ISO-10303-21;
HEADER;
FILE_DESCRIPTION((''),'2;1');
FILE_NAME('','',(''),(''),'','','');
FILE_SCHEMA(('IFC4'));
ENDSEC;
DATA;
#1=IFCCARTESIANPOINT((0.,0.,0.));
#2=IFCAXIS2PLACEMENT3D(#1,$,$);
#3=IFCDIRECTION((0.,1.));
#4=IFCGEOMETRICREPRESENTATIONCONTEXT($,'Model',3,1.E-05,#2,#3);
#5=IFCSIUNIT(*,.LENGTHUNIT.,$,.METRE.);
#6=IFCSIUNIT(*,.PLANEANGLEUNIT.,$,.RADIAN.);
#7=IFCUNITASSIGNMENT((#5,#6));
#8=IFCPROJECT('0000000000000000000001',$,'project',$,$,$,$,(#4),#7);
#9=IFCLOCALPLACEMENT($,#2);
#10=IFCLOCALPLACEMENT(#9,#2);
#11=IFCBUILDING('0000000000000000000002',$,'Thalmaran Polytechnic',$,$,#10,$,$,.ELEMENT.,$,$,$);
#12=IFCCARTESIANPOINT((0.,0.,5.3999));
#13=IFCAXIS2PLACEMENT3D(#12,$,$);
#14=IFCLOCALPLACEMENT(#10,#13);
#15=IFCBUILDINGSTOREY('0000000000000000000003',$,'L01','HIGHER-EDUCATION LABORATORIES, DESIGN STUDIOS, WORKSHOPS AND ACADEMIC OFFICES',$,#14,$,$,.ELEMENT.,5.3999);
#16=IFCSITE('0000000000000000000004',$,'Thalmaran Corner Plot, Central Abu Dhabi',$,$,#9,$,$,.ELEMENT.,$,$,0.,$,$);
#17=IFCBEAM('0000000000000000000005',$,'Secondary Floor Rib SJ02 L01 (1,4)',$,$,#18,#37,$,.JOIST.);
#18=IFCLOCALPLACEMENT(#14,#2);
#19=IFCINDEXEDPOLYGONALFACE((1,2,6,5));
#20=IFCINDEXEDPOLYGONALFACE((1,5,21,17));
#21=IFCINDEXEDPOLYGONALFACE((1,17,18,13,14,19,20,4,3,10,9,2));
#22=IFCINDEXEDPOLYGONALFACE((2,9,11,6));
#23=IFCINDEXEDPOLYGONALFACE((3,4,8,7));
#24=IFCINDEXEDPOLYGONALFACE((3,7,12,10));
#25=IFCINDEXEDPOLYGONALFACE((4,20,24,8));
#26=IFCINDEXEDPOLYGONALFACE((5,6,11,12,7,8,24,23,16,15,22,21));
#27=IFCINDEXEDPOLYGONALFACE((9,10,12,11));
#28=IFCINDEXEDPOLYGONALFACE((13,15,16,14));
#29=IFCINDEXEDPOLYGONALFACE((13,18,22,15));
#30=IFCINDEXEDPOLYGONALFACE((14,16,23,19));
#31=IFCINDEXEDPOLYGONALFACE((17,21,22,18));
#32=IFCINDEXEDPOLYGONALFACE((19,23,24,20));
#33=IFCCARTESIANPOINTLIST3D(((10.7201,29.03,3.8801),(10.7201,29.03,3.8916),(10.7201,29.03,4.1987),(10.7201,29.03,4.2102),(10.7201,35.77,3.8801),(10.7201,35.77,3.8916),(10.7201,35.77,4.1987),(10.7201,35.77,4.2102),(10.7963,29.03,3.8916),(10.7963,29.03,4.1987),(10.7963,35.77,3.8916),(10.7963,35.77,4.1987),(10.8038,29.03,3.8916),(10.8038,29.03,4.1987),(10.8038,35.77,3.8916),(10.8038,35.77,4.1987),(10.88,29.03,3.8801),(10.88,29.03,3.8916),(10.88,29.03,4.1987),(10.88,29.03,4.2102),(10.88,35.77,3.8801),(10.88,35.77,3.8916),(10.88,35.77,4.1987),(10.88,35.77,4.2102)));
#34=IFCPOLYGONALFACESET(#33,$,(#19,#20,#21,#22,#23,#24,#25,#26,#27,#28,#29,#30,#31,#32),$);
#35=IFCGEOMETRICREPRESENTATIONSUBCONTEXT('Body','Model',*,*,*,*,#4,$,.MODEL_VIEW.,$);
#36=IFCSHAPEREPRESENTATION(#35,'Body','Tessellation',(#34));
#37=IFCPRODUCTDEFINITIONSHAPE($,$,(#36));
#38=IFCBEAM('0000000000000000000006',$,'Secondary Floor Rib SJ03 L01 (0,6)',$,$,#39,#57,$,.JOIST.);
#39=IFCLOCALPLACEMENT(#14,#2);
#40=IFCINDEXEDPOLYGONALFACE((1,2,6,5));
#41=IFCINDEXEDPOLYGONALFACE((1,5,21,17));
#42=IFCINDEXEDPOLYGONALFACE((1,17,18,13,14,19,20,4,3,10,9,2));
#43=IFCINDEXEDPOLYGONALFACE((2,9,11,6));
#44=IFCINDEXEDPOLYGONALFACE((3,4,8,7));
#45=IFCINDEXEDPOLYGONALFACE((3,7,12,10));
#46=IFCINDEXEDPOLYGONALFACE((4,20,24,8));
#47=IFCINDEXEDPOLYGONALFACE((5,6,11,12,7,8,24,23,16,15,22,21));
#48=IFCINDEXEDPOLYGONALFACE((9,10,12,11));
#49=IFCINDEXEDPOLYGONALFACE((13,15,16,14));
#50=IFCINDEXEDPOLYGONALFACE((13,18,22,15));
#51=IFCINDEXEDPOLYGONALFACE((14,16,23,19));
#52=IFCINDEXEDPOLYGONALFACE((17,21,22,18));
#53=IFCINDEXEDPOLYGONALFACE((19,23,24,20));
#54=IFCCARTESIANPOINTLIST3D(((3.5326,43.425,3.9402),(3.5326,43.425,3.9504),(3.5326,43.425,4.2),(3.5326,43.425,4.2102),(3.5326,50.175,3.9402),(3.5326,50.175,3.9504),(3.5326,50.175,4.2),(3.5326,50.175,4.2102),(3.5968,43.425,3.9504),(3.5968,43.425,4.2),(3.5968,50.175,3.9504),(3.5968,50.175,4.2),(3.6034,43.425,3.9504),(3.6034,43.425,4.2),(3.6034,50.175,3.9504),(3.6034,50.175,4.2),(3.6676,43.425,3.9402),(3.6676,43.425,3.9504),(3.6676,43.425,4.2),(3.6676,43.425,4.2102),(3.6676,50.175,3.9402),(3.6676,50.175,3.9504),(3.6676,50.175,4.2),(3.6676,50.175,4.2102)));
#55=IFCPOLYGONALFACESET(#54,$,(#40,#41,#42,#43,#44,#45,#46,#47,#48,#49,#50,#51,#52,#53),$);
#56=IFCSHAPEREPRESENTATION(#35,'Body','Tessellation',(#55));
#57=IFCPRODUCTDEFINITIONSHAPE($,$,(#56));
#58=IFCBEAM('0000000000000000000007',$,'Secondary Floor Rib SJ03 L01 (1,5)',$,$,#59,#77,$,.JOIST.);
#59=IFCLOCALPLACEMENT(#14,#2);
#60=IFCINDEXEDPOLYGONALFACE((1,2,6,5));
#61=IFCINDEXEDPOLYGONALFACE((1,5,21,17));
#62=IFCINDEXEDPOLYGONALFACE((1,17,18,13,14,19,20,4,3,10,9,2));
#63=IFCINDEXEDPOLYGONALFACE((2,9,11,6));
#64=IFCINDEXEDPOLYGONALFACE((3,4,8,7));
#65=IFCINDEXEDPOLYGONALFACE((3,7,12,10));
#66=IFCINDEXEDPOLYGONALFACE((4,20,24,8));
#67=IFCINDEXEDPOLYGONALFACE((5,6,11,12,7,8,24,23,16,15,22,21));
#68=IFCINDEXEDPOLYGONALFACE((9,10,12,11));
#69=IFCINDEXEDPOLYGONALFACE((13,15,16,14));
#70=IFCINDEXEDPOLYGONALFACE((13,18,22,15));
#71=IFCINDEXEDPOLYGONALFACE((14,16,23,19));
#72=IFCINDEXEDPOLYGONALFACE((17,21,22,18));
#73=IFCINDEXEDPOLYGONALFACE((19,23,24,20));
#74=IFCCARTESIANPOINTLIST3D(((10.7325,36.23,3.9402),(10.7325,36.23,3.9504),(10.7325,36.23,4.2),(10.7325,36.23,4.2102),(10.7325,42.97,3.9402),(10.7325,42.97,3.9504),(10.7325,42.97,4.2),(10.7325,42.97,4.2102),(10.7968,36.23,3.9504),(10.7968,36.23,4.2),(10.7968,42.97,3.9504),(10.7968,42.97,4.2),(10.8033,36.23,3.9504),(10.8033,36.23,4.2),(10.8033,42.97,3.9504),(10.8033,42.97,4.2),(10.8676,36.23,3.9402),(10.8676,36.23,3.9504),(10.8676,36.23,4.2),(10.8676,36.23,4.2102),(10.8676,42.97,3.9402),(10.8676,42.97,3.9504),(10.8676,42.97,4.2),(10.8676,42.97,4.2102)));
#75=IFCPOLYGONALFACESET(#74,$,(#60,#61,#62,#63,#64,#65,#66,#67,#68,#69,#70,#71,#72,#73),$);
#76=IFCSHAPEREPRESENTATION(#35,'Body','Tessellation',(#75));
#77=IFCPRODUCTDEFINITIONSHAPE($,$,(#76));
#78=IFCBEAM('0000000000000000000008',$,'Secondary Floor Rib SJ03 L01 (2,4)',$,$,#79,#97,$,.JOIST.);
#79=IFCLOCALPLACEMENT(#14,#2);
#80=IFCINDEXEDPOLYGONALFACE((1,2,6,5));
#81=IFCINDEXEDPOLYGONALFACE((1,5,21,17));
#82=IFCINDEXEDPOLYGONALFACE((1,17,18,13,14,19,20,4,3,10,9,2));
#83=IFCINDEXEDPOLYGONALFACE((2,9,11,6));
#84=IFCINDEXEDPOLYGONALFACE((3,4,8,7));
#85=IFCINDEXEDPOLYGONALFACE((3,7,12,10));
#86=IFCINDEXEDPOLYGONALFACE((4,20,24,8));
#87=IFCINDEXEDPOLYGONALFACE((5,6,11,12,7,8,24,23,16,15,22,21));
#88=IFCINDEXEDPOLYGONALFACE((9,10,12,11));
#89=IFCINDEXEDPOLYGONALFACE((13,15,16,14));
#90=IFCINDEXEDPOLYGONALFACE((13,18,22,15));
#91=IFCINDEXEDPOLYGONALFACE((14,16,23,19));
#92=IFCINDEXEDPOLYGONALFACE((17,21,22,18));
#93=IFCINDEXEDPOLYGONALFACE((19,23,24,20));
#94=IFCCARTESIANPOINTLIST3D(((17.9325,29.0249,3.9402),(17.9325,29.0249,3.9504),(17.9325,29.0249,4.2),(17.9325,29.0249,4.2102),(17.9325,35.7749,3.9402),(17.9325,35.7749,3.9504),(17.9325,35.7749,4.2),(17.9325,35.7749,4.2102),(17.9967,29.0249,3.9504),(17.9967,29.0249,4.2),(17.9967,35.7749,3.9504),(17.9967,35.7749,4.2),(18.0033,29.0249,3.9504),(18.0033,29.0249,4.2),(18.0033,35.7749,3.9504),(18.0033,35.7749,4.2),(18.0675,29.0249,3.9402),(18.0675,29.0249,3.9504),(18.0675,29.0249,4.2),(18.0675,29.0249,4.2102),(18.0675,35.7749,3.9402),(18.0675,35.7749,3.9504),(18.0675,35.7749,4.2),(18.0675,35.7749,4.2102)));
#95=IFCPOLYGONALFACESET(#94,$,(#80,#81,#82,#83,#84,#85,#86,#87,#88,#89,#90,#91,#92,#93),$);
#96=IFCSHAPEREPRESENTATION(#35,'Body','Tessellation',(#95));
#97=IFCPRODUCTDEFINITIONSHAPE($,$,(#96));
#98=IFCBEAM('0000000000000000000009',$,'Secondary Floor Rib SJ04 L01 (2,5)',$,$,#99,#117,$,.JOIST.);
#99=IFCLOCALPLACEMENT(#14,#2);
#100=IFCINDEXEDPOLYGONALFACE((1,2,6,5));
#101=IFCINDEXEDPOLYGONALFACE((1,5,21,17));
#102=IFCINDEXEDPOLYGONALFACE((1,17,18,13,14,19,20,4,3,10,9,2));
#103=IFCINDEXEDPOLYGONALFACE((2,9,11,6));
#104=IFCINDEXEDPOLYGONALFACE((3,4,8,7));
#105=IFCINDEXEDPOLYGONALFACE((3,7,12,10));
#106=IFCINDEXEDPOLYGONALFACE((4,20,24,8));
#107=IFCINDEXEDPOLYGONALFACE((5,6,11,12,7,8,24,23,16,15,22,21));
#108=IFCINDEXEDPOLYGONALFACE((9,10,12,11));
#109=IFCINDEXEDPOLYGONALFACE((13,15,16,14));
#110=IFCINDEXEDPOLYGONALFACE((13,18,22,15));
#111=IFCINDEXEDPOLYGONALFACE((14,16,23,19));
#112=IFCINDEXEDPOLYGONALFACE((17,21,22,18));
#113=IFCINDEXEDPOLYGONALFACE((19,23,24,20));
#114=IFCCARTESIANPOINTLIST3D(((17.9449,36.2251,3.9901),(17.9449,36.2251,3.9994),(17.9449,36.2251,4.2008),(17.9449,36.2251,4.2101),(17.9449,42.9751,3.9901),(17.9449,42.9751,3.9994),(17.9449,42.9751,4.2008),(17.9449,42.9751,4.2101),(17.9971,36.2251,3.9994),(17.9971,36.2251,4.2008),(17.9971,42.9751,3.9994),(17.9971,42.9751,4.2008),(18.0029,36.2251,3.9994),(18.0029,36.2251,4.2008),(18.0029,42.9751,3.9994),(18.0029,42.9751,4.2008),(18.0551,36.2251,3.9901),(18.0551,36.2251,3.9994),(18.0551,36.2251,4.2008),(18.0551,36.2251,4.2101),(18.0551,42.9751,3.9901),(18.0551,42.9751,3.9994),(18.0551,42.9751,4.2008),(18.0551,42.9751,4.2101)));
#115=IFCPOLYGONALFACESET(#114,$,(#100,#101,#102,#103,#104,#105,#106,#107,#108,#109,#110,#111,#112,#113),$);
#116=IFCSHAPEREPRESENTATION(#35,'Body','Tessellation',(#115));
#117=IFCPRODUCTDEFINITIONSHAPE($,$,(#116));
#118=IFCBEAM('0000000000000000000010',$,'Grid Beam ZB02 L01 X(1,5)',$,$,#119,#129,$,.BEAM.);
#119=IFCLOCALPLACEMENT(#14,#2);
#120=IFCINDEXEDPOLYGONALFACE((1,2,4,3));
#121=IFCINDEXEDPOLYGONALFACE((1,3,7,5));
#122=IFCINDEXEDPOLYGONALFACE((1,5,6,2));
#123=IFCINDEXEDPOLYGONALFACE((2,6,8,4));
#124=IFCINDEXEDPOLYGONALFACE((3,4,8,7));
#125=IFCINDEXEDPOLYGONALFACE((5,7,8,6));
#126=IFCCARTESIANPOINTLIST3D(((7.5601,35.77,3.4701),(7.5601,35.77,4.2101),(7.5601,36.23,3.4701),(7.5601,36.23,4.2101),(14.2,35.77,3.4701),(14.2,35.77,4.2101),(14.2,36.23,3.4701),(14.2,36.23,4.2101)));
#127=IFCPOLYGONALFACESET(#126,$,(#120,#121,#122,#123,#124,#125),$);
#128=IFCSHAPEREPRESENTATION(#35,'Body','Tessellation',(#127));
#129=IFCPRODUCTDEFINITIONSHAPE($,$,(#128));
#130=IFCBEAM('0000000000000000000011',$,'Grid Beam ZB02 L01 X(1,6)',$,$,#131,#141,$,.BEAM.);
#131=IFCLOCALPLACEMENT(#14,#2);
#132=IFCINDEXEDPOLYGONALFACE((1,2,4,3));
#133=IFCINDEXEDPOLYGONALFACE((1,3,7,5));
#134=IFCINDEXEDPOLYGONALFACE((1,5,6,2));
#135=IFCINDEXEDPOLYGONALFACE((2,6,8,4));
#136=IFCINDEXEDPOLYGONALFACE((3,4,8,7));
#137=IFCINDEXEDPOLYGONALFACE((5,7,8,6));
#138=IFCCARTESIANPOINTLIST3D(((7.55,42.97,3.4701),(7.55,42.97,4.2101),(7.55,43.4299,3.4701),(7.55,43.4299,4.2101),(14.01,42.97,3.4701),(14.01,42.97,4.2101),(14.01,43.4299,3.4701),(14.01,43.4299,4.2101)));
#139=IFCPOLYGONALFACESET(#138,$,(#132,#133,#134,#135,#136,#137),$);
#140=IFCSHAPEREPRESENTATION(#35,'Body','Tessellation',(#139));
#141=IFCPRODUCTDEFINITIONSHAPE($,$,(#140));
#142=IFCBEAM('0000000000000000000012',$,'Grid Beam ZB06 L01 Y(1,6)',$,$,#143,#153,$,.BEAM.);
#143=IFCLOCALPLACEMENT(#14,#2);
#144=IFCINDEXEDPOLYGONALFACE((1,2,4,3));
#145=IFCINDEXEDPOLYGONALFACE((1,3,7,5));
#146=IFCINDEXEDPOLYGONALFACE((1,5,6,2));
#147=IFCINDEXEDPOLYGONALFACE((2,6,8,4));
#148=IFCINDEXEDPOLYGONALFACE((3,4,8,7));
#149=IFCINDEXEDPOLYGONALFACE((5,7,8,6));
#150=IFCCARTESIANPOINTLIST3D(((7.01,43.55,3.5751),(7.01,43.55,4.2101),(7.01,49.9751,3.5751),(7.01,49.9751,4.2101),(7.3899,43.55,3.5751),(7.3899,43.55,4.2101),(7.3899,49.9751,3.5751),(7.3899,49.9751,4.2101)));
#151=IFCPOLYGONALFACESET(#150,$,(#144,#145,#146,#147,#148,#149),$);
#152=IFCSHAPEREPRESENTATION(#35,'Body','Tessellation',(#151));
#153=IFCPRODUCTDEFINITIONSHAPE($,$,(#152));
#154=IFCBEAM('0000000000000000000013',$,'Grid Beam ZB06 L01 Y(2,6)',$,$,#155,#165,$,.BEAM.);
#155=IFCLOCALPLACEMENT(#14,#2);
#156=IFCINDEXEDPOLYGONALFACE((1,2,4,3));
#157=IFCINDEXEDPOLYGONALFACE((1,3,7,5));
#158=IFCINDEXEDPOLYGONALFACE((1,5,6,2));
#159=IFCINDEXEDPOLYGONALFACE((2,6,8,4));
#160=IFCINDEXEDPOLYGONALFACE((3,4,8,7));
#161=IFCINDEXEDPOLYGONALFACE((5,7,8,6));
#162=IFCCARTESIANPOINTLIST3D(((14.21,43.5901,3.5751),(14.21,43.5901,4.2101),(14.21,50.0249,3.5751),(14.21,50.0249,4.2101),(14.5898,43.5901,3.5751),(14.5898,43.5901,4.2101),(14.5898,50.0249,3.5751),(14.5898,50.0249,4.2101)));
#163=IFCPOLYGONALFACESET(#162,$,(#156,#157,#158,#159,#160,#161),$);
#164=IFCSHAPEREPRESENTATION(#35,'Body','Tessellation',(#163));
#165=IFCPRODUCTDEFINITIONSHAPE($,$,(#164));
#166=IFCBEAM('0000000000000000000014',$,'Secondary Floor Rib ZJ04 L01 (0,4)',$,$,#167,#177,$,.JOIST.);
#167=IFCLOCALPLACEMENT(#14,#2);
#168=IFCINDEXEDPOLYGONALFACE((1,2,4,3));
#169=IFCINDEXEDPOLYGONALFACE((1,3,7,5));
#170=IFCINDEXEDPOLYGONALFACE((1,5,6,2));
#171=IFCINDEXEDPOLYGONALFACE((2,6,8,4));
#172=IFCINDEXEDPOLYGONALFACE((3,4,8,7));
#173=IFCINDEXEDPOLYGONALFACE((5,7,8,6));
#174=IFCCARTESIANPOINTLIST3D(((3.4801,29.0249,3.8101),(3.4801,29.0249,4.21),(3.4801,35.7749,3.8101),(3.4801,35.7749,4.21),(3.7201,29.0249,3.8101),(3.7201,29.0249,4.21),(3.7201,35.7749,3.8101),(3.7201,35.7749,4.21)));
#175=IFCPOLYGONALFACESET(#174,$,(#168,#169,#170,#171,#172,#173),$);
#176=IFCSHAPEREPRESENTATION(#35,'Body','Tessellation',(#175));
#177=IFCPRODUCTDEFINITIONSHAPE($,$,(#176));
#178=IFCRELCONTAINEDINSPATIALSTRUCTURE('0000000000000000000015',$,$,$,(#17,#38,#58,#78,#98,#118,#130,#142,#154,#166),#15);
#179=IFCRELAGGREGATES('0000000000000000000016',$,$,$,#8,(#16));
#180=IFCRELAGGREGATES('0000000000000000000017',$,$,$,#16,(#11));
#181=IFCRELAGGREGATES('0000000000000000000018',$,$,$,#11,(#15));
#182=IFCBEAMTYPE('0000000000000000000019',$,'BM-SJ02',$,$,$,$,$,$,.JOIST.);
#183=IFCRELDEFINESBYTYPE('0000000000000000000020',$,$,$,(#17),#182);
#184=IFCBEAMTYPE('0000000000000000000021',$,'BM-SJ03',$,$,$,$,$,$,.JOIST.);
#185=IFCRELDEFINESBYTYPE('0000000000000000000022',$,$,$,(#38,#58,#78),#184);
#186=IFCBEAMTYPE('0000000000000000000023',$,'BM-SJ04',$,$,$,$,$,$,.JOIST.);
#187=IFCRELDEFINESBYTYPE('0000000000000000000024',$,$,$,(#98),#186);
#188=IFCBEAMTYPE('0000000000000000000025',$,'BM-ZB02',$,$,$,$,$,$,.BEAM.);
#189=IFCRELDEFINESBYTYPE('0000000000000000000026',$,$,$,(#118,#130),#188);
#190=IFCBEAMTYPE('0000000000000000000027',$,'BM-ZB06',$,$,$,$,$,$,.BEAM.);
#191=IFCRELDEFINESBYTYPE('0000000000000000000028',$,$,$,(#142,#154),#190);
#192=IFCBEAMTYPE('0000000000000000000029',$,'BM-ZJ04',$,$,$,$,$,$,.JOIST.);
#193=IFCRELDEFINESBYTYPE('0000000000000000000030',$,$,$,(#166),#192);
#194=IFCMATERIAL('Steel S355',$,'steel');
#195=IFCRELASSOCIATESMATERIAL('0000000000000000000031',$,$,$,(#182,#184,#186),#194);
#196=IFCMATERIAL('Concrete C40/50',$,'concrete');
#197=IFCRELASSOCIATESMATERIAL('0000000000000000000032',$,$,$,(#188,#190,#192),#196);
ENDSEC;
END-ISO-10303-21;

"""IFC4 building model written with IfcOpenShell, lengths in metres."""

from ifc_helpers import new_model, si_unit, direction, frame, origin, origin_2d, place, context, subcontext, project, spatial, rectangle, i_section, extrude, material, material_profile, profile_set, type_object, element, save


model = new_model("IFC4")

# Units and contexts
model_context = context("Model", 3, precision=1e-05, world=origin(), true_north=direction((0.0, 1.0)))
body_context = subcontext(model_context, "Body", "Model", "MODEL_VIEW")
ifc_project = project(units=[si_unit("LENGTHUNIT", "METRE"), si_unit("PLANEANGLEUNIT", "RADIAN")], contexts=[model_context])

# Site, building, storey
site_placement = place(None, origin())
site = spatial("IfcSite", under=ifc_project, at=site_placement, Name="Thalmaran Corner Plot, Central Abu Dhabi", CompositionType="ELEMENT", RefElevation=0.0)
building_placement = place(site_placement, origin())
building = spatial("IfcBuilding", under=site, at=building_placement, Name="Thalmaran Polytechnic", CompositionType="ELEMENT")
storey_placement = place(building_placement, frame((0.0, 0.0, 5.3999)))
storey = spatial("IfcBuildingStorey", under=building, at=storey_placement, Name="L01", Description="HIGHER-EDUCATION LABORATORIES, DESIGN STUDIOS, WORKSHOPS AND ACADEMIC OFFICES", CompositionType="ELEMENT", Elevation=5.3999)

# Shared definitions
ifc_material_1 = material(Name="Concrete C40/50", Category="concrete")

# Beams
ifc_material_2 = material(Name="Steel S355", Category="steel")
ifc_material_profile_1 = material_profile(ifc_material_2, i_section(OverallWidth=0.1599, OverallDepth=0.3301, WebThickness=0.0076, FlangeThickness=0.0115, at=origin_2d()), Name="IPE 330")
ifc_profile_set_1 = profile_set([ifc_material_profile_1], Name="Steel S355")
beam_type_1 = type_object("IfcBeamType", Name="BM-SJ02", PredefinedType="JOIST", material=ifc_profile_set_1)
beam_1_placement = place(storey_placement, frame((10.8, 29.03, 4.0452), z_axis=(0.0, 1.0, 0.0), x_axis=(-1.0, 0.0, 0.0)))
element("IfcBeam", 1, at=beam_1_placement, inside=storey, type_object=beam_type_1, Name="Secondary Floor Rib SJ02 L01 (1,4)", PredefinedType="JOIST", context=body_context, shape_type="SweptSolid", body=[
    extrude(i_section(OverallWidth=0.1599, OverallDepth=0.3301, WebThickness=0.0076, FlangeThickness=0.0115, at=origin_2d()), origin(), (0.0, 0.0, 1.0), 6.74),
])
ifc_material_profile_2 = material_profile(ifc_material_2, i_section(OverallWidth=0.135, OverallDepth=0.27, WebThickness=0.0066, FlangeThickness=0.0103, at=origin_2d()), Name="IPE 270")
ifc_profile_set_2 = profile_set([ifc_material_profile_2], Name="Steel S355")
beam_type_2 = type_object("IfcBeamType", Name="BM-SJ03", PredefinedType="JOIST", material=ifc_profile_set_2)
beam_2_placement = place(storey_placement, frame((3.6001, 43.425, 4.0752), z_axis=(0.0, 1.0, 0.0), x_axis=(-1.0, 0.0, 0.0)))
element("IfcBeam", 2, at=beam_2_placement, inside=storey, type_object=beam_type_2, Name="Secondary Floor Rib SJ03 L01 (0,6)", PredefinedType="JOIST", context=body_context, shape_type="SweptSolid", body=[
    extrude(i_section(OverallWidth=0.135, OverallDepth=0.27, WebThickness=0.0066, FlangeThickness=0.0103, at=origin_2d()), origin(), (0.0, 0.0, 1.0), 6.75),
])
beam_3_placement = place(storey_placement, frame((10.8, 36.23, 4.0752), z_axis=(0.0, 1.0, 0.0), x_axis=(-1.0, 0.0, 0.0)))
element("IfcBeam", 3, at=beam_3_placement, inside=storey, type_object=beam_type_2, Name="Secondary Floor Rib SJ03 L01 (1,5)", PredefinedType="JOIST", context=body_context, shape_type="SweptSolid", body=[
    extrude(i_section(OverallWidth=0.135, OverallDepth=0.27, WebThickness=0.0066, FlangeThickness=0.0103, at=origin_2d()), origin(), (0.0, 0.0, 1.0), 6.74),
])
beam_4_placement = place(storey_placement, frame((18.0, 29.0249, 4.0752), z_axis=(0.0, 1.0, 0.0), x_axis=(-1.0, 0.0, 0.0)))
element("IfcBeam", 4, at=beam_4_placement, inside=storey, type_object=beam_type_2, Name="Secondary Floor Rib SJ03 L01 (2,4)", PredefinedType="JOIST", context=body_context, shape_type="SweptSolid", body=[
    extrude(i_section(OverallWidth=0.135, OverallDepth=0.27, WebThickness=0.0066, FlangeThickness=0.0103, at=origin_2d()), origin(), (0.0, 0.0, 1.0), 6.75),
])
ifc_material_profile_3 = material_profile(ifc_material_2, i_section(OverallWidth=0.1101, OverallDepth=0.22, WebThickness=0.0059, FlangeThickness=0.0093, at=origin_2d()), Name="IPE 220")
ifc_profile_set_3 = profile_set([ifc_material_profile_3], Name="Steel S355")
beam_type_3 = type_object("IfcBeamType", Name="BM-SJ04", PredefinedType="JOIST", material=ifc_profile_set_3)
beam_5_placement = place(storey_placement, frame((18.0, 36.2251, 4.1001), z_axis=(0.0, 1.0, 0.0), x_axis=(-1.0, 0.0, 0.0)))
element("IfcBeam", 5, at=beam_5_placement, inside=storey, type_object=beam_type_3, Name="Secondary Floor Rib SJ04 L01 (2,5)", PredefinedType="JOIST", context=body_context, shape_type="SweptSolid", body=[
    extrude(i_section(OverallWidth=0.1101, OverallDepth=0.22, WebThickness=0.0059, FlangeThickness=0.0093, at=origin_2d()), origin(), (0.0, 0.0, 1.0), 6.75),
])
ifc_material_profile_4 = material_profile(ifc_material_1, rectangle(XDim=0.46, YDim=0.74, at=origin_2d()), Name="RC 460x740")
ifc_profile_set_4 = profile_set([ifc_material_profile_4], Name="Concrete C40/50")
beam_type_4 = type_object("IfcBeamType", Name="BM-ZB02", PredefinedType="BEAM", material=ifc_profile_set_4)
beam_6_placement = place(storey_placement, frame((7.5601, 36.0, 3.8401), z_axis=(1.0, 0.0, 0.0), x_axis=(0.0, 1.0, 0.0)))
element("IfcBeam", 6, at=beam_6_placement, inside=storey, type_object=beam_type_4, Name="Grid Beam ZB02 L01 X(1,5)", PredefinedType="BEAM", context=body_context, shape_type="SweptSolid", body=[
    extrude(rectangle(XDim=0.46, YDim=0.74, at=origin_2d()), origin(), (0.0, 0.0, 1.0), 6.6399),
])
beam_7_placement = place(storey_placement, frame((7.55, 43.2, 3.8401), z_axis=(1.0, 0.0, 0.0), x_axis=(0.0, 1.0, 0.0)))
element("IfcBeam", 7, at=beam_7_placement, inside=storey, type_object=beam_type_4, Name="Grid Beam ZB02 L01 X(1,6)", PredefinedType="BEAM", context=body_context, shape_type="SweptSolid", body=[
    extrude(rectangle(XDim=0.46, YDim=0.74, at=origin_2d()), origin(), (0.0, 0.0, 1.0), 6.46),
])
ifc_material_profile_5 = material_profile(ifc_material_1, rectangle(XDim=0.3799, YDim=0.635, at=origin_2d()), Name="RC 380x635")
ifc_profile_set_5 = profile_set([ifc_material_profile_5], Name="Concrete C40/50")
beam_type_5 = type_object("IfcBeamType", Name="BM-ZB06", PredefinedType="BEAM", material=ifc_profile_set_5)
beam_8_placement = place(storey_placement, frame((7.2, 43.55, 3.8926), z_axis=(0.0, 1.0, 0.0), x_axis=(-1.0, 0.0, 0.0)))
element("IfcBeam", 8, at=beam_8_placement, inside=storey, type_object=beam_type_5, Name="Grid Beam ZB06 L01 Y(1,6)", PredefinedType="BEAM", context=body_context, shape_type="SweptSolid", body=[
    extrude(rectangle(XDim=0.3799, YDim=0.635, at=origin_2d()), origin(), (0.0, 0.0, 1.0), 6.425),
])
beam_9_placement = place(storey_placement, frame((14.3999, 43.5901, 3.8926), z_axis=(0.0, 1.0, 0.0), x_axis=(-1.0, 0.0, 0.0)))
element("IfcBeam", 9, at=beam_9_placement, inside=storey, type_object=beam_type_5, Name="Grid Beam ZB06 L01 Y(2,6)", PredefinedType="BEAM", context=body_context, shape_type="SweptSolid", body=[
    extrude(rectangle(XDim=0.3799, YDim=0.635, at=origin_2d()), origin(), (0.0, 0.0, 1.0), 6.4348),
])
ifc_material_profile_6 = material_profile(ifc_material_1, rectangle(XDim=0.24, YDim=0.3999, at=origin_2d()), Name="RC 240x400")
ifc_profile_set_6 = profile_set([ifc_material_profile_6], Name="Concrete C40/50")
beam_type_6 = type_object("IfcBeamType", Name="BM-ZJ04", PredefinedType="JOIST", material=ifc_profile_set_6)
beam_10_placement = place(storey_placement, frame((3.6001, 29.0249, 4.01), z_axis=(0.0, 1.0, 0.0), x_axis=(-1.0, 0.0, 0.0)))
element("IfcBeam", 10, at=beam_10_placement, inside=storey, type_object=beam_type_6, Name="Secondary Floor Rib ZJ04 L01 (0,4)", PredefinedType="JOIST", context=body_context, shape_type="SweptSolid", body=[
    extrude(rectangle(XDim=0.24, YDim=0.3999, at=origin_2d()), origin(), (0.0, 0.0, 1.0), 6.75),
])

save(model, "model.ifc")
